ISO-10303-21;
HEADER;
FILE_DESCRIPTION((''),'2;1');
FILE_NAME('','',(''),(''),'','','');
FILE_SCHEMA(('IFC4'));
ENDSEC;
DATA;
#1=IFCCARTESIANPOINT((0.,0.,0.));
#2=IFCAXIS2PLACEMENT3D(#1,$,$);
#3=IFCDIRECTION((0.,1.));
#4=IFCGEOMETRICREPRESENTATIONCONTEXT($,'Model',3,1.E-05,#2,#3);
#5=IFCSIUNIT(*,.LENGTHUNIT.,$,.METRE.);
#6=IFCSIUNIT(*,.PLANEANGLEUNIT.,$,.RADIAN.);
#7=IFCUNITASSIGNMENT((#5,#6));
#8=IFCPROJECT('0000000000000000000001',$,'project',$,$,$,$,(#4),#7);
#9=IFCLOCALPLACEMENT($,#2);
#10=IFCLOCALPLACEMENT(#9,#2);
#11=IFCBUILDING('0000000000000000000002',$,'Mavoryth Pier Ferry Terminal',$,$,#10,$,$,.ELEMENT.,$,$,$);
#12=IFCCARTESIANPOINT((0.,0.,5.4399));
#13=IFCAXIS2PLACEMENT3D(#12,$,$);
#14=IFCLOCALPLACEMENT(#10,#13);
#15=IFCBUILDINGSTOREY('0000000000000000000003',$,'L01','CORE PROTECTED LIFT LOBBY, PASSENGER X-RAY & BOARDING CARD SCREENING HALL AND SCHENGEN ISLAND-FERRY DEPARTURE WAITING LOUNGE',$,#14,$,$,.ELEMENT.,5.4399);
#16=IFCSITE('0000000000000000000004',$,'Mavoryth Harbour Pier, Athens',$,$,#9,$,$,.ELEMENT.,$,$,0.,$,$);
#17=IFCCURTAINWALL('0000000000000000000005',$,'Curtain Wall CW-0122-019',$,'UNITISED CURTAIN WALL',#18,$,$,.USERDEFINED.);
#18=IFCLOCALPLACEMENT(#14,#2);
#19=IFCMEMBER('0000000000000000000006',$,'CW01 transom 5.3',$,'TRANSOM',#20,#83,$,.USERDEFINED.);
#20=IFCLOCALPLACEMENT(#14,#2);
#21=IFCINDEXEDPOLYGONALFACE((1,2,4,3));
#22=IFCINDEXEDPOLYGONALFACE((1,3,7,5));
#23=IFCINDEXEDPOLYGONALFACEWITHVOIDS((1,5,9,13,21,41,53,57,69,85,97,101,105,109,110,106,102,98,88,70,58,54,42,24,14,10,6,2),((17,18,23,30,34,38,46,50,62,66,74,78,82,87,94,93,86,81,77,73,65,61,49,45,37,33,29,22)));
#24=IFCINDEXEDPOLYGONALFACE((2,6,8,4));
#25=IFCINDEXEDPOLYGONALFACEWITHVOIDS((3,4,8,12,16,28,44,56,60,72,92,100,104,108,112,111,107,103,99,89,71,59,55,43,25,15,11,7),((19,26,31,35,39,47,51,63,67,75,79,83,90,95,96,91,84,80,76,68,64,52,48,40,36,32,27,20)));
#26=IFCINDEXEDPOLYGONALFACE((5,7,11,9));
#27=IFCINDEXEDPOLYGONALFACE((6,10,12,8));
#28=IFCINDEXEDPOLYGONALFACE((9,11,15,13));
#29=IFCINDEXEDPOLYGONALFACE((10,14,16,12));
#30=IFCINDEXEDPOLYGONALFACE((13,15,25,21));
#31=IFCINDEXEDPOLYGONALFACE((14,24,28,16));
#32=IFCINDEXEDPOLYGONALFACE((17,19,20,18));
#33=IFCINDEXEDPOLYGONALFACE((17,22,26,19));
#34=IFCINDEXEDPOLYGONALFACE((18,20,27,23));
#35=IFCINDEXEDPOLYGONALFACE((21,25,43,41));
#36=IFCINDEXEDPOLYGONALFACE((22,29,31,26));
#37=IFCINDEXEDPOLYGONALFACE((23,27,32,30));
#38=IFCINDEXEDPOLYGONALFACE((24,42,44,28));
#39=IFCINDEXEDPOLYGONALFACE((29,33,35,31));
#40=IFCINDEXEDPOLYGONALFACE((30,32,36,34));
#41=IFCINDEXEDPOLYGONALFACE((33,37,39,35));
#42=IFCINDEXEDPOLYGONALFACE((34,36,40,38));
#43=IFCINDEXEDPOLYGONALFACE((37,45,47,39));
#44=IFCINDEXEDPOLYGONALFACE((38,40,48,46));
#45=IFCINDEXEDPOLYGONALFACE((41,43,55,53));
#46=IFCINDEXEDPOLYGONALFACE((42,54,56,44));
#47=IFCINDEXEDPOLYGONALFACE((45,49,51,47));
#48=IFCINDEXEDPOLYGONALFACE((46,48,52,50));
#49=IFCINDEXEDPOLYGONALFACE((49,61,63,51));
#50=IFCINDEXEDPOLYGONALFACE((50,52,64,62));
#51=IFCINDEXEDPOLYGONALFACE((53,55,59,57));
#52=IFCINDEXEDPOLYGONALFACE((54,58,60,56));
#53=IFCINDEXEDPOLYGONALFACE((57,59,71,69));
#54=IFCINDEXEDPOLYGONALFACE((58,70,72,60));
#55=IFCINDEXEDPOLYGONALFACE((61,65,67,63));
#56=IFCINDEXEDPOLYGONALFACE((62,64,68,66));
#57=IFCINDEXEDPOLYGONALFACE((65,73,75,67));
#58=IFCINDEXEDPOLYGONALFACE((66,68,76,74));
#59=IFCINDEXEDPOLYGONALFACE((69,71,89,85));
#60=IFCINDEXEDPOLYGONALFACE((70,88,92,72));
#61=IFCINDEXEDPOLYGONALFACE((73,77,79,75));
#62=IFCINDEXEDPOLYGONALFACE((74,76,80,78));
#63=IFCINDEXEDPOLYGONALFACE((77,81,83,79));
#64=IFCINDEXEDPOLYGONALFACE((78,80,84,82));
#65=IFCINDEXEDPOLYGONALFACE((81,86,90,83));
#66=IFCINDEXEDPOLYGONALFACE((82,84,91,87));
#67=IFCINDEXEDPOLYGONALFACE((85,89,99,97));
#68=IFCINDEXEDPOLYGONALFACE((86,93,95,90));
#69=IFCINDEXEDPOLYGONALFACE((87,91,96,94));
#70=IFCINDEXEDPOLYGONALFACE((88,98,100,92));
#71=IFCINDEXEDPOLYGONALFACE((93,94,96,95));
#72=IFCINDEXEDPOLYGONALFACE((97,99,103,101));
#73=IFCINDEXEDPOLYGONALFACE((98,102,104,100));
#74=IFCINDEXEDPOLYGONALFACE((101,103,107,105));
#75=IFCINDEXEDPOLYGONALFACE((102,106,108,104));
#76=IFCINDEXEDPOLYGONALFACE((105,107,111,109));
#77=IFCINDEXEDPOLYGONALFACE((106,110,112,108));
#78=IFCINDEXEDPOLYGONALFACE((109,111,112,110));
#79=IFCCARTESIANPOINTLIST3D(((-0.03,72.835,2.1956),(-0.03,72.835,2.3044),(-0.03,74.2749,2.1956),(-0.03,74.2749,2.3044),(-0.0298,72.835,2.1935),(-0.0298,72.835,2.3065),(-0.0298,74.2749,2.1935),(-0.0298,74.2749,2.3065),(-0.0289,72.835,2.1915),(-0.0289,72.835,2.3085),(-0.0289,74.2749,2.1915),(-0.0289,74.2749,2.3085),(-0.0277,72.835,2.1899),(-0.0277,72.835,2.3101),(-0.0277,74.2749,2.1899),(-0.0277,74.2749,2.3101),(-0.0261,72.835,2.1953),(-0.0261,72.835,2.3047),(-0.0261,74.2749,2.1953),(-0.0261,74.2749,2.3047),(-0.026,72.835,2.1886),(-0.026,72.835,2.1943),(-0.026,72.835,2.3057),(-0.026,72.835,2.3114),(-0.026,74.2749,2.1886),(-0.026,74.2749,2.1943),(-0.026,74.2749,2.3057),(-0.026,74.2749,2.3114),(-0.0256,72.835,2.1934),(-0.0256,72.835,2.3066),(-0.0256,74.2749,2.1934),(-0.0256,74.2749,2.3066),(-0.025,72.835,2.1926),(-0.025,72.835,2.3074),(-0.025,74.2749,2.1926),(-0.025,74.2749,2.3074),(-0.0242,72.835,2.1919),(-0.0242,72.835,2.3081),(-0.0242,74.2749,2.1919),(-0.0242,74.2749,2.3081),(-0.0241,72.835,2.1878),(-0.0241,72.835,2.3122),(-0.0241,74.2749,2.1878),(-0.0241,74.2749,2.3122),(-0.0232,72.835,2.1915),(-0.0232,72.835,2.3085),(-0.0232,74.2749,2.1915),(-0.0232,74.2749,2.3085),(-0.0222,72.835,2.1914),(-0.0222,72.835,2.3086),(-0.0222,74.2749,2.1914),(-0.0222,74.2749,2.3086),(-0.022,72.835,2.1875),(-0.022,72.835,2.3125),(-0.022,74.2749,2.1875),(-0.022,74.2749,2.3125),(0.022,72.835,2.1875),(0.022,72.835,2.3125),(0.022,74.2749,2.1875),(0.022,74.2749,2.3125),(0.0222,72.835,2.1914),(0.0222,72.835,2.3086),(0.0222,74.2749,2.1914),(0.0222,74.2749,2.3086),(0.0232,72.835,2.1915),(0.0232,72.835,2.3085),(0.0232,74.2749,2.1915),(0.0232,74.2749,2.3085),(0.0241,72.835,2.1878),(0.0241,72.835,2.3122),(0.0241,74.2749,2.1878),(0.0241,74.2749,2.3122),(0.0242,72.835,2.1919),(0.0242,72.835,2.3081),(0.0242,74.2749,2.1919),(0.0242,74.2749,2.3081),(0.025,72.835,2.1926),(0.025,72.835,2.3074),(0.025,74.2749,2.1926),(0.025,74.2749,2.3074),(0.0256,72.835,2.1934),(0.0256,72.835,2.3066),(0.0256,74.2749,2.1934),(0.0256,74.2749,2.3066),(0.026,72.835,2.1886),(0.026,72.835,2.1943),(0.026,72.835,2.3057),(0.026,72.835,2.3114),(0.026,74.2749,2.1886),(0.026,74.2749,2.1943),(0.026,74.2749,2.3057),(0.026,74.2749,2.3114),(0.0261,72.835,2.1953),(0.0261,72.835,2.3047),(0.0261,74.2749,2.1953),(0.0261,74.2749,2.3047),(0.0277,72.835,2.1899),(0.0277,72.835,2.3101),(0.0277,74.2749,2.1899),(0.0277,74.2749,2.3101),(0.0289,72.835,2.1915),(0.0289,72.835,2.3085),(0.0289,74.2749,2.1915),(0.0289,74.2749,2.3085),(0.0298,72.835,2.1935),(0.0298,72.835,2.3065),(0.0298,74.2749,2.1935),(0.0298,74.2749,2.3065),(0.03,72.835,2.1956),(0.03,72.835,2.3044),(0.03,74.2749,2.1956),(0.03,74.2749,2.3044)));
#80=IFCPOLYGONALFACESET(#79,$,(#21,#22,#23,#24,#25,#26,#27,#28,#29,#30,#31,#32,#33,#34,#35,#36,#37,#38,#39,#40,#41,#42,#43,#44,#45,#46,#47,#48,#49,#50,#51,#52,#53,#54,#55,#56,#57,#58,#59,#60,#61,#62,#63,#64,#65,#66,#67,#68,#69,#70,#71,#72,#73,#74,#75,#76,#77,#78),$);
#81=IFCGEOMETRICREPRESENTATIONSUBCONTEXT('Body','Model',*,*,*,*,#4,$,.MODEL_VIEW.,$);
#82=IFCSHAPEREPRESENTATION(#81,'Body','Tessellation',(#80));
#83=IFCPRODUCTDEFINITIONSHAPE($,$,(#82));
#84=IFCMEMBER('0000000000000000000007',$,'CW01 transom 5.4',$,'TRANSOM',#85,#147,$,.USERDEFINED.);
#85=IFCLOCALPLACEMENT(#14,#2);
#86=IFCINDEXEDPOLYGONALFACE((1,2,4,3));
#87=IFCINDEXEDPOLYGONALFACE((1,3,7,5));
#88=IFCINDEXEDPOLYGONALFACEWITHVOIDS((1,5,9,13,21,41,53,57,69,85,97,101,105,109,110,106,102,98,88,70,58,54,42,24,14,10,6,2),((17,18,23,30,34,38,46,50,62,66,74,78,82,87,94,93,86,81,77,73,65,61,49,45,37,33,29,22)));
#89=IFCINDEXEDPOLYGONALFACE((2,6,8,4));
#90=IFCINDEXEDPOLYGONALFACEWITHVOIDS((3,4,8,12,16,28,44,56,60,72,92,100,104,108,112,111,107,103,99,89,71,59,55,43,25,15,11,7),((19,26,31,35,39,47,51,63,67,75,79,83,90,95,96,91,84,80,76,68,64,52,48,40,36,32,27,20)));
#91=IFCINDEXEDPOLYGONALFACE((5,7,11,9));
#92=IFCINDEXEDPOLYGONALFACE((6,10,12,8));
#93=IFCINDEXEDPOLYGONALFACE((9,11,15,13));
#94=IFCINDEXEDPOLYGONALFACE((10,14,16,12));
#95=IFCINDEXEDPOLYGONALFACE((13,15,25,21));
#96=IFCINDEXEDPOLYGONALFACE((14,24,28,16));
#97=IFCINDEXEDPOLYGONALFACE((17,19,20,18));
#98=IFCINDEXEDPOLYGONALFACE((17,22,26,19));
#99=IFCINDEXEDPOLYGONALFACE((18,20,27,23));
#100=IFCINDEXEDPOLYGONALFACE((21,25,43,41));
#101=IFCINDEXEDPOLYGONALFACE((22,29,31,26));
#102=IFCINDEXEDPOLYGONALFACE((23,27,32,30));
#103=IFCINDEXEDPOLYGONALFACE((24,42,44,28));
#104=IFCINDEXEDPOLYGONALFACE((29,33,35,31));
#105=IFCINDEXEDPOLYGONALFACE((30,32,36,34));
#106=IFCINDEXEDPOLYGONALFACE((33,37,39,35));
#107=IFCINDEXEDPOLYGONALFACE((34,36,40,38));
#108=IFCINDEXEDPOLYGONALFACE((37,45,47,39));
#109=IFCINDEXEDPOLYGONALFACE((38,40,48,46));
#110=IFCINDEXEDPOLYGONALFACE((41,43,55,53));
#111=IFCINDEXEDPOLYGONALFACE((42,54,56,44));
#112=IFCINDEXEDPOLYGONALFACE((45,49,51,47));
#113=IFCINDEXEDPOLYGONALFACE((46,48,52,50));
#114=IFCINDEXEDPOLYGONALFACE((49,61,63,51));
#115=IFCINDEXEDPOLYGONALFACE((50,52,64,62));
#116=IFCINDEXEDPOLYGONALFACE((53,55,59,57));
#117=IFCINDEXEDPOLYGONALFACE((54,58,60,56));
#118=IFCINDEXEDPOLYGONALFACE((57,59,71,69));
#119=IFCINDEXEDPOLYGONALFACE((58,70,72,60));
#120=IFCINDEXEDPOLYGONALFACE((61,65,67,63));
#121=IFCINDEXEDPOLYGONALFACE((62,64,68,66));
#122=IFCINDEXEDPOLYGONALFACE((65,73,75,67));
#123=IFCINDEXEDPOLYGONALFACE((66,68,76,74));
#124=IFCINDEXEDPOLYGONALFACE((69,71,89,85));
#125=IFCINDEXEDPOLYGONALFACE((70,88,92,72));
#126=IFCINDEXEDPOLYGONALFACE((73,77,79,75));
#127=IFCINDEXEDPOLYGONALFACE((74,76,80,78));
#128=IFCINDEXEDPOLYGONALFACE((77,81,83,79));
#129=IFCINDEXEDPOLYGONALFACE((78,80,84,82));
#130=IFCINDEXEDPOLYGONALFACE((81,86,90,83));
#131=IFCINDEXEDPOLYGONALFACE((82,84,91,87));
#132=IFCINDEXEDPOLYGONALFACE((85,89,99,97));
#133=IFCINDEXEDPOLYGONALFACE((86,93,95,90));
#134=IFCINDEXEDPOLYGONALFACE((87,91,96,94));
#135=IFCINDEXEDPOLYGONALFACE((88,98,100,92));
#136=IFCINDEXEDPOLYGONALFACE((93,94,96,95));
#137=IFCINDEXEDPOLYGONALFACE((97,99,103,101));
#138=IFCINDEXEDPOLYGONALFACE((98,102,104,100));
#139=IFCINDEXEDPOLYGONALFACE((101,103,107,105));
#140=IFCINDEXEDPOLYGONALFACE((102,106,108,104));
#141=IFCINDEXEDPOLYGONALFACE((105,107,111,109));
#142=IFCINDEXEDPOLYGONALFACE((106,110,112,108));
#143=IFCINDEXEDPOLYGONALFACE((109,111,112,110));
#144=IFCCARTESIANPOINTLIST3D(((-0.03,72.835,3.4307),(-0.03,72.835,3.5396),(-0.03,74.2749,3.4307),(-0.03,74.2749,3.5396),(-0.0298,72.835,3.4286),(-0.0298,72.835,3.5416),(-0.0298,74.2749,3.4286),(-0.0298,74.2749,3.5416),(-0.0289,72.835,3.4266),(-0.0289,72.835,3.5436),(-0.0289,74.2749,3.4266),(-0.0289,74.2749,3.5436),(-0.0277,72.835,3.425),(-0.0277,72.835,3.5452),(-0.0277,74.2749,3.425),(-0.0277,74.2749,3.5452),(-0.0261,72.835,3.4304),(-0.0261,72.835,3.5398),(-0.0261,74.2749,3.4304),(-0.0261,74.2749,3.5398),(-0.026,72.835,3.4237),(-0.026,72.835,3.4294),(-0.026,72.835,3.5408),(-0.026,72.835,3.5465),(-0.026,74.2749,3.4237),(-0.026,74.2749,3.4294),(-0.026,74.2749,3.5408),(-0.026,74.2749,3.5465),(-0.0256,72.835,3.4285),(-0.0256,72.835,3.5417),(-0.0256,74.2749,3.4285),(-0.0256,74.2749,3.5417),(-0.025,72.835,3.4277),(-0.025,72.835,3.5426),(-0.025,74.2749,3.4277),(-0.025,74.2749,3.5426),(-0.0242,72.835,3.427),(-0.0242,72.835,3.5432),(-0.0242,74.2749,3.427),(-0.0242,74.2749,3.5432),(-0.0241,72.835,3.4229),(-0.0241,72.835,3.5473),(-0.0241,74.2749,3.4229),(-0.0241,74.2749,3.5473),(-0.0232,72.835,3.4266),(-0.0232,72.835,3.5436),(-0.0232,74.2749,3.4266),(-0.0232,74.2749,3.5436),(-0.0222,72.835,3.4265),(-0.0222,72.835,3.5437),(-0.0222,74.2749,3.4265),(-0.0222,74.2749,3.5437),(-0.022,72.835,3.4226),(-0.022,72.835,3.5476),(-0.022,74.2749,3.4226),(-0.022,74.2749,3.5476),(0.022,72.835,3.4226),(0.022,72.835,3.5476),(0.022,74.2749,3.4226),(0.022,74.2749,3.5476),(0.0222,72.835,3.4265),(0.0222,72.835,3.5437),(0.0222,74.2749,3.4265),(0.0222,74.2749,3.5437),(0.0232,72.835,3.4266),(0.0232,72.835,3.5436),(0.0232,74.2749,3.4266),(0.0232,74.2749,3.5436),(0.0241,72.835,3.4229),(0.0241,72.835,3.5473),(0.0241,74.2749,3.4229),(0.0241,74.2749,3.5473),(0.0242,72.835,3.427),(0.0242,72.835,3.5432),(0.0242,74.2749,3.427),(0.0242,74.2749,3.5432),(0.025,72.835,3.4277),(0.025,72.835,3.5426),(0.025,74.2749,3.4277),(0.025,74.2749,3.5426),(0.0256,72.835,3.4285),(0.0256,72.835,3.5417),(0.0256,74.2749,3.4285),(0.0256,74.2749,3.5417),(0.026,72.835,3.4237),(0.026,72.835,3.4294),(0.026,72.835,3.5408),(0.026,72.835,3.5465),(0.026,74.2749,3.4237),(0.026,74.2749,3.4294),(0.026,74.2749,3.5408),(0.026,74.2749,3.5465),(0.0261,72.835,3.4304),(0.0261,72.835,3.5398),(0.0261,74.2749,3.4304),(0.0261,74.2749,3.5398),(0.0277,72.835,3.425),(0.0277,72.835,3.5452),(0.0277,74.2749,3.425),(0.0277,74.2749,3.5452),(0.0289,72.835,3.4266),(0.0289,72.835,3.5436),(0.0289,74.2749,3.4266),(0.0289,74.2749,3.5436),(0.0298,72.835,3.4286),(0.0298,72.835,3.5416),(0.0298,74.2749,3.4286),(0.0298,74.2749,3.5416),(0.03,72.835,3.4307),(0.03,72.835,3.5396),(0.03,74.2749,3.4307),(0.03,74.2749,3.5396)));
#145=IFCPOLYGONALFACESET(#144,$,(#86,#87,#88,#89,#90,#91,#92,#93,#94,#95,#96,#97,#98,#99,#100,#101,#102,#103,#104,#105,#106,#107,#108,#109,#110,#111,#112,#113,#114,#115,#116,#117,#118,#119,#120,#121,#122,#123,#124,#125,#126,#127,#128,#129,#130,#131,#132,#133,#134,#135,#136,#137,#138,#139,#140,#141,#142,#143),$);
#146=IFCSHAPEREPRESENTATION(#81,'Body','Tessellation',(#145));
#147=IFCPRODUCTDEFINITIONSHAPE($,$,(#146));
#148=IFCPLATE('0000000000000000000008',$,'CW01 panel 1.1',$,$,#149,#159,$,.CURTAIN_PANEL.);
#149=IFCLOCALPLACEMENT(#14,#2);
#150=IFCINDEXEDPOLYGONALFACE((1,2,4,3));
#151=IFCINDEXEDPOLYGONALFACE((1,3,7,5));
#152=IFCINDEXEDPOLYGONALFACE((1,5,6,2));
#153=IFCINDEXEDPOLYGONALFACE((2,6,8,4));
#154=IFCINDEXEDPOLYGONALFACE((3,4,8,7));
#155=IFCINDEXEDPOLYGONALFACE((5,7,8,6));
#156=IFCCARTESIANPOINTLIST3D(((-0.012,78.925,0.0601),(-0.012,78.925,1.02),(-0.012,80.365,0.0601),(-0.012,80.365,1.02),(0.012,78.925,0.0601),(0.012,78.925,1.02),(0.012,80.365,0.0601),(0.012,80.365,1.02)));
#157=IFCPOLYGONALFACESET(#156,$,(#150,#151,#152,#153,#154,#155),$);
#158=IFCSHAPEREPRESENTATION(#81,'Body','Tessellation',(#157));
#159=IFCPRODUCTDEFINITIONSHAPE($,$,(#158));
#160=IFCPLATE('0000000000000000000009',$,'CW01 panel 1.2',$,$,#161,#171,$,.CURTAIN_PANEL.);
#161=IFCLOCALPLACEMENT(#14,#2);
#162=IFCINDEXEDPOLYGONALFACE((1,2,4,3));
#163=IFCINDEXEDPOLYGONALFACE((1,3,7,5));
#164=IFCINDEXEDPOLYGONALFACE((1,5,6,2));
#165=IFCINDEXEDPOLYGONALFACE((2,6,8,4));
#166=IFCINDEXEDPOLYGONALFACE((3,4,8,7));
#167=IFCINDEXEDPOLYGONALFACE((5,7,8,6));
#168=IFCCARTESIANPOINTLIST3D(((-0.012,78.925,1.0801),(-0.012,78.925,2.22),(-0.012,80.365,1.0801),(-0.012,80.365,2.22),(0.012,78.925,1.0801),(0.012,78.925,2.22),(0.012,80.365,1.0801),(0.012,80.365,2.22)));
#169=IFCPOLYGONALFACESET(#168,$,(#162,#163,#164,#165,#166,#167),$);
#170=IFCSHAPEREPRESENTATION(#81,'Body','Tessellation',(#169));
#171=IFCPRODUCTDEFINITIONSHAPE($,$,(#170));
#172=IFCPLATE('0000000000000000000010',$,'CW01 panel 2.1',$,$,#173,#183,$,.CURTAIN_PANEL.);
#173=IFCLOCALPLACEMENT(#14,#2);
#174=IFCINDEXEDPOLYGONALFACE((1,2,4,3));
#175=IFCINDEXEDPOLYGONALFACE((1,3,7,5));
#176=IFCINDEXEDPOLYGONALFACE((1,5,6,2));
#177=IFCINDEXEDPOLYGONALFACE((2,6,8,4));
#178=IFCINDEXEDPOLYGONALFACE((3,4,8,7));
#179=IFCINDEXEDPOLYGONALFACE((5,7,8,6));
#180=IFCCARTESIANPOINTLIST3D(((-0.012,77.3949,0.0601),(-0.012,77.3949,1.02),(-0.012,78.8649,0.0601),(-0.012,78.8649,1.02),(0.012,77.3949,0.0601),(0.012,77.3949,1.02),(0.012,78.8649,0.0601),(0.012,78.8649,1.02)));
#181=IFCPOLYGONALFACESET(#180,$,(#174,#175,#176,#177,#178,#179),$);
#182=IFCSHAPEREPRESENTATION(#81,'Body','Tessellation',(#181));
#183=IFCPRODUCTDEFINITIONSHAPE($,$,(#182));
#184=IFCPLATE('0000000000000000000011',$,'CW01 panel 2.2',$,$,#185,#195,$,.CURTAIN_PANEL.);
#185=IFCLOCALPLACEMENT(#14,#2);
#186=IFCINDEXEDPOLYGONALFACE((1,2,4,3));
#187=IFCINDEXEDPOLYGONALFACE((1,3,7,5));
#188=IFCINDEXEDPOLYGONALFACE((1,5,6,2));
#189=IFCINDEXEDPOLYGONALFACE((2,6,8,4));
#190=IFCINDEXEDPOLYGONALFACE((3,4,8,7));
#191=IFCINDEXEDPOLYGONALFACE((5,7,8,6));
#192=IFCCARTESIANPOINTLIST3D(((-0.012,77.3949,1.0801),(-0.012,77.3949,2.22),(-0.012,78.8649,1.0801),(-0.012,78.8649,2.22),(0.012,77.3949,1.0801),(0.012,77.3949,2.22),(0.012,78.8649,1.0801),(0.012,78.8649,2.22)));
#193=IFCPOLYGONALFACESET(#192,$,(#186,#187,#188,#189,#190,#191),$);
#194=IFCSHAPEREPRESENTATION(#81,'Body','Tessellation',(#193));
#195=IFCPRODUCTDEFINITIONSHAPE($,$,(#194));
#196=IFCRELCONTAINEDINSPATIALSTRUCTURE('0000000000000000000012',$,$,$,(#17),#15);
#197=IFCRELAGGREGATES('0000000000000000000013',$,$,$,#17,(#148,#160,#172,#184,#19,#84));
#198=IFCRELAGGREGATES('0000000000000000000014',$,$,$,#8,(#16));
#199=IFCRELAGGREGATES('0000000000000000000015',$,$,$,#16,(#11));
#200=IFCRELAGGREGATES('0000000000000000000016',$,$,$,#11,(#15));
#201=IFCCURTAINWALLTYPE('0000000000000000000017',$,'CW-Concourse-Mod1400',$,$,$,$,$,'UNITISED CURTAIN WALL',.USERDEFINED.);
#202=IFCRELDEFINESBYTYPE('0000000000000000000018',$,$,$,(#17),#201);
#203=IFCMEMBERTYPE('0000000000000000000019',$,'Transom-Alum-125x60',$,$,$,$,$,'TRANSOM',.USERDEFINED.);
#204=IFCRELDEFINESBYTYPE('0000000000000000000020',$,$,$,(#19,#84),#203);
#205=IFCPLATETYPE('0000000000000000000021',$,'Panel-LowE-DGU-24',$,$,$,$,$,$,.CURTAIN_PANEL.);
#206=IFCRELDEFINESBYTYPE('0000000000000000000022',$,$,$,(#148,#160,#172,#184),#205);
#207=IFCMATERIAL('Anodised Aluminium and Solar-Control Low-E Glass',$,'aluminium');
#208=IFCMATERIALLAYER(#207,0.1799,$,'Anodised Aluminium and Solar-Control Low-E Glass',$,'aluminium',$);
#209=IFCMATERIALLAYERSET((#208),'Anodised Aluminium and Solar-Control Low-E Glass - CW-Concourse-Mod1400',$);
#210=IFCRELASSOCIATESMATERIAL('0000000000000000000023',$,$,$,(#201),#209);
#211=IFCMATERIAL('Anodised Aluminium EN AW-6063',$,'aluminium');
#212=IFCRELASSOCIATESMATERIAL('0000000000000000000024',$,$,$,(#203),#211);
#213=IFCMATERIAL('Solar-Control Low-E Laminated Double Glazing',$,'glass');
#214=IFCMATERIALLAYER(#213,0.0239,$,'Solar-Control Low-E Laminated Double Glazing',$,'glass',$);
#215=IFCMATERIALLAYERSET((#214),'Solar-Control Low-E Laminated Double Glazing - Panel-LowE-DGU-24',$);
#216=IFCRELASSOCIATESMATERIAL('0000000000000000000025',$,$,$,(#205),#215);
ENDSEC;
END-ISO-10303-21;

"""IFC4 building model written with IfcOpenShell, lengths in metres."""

from ifc_helpers import new_model, si_unit, direction, frame, origin, origin_2d, place, context, subcontext, project, spatial, rectangle, hollow_rectangle, extrude, material, layer, layer_set, material_profile, profile_set, type_object, element, aggregate, save


model = new_model("IFC4")

# Units and contexts
model_context = context("Model", 3, precision=1e-05, world=origin(), true_north=direction((0.0, 1.0)))
body_context = subcontext(model_context, "Body", "Model", "MODEL_VIEW")
ifc_project = project(units=[si_unit("LENGTHUNIT", "METRE"), si_unit("PLANEANGLEUNIT", "RADIAN")], contexts=[model_context])

# Site, building, storey
site_placement = place(None, origin())
site = spatial("IfcSite", under=ifc_project, at=site_placement, Name="Mavoryth Harbour Pier, Athens", CompositionType="ELEMENT", RefElevation=0.0)
building_placement = place(site_placement, origin())
building = spatial("IfcBuilding", under=site, at=building_placement, Name="Mavoryth Pier Ferry Terminal", CompositionType="ELEMENT")
storey_placement = place(building_placement, frame((0.0, 0.0, 5.4399)))
storey = spatial("IfcBuildingStorey", under=building, at=storey_placement, Name="L01", Description="CORE PROTECTED LIFT LOBBY, PASSENGER X-RAY & BOARDING CARD SCREENING HALL AND SCHENGEN ISLAND-FERRY DEPARTURE WAITING LOUNGE", CompositionType="ELEMENT", Elevation=5.4399)

# Curtain wall, members, plates
ifc_material_1 = material(Name="Anodised Aluminium and Solar-Control Low-E Glass", Category="aluminium")
ifc_layer_1 = layer(ifc_material_1, 0.1799, Name="Anodised Aluminium and Solar-Control Low-E Glass", Category="aluminium")
ifc_layer_set_1 = layer_set([ifc_layer_1], Name="Anodised Aluminium and Solar-Control Low-E Glass - CW-Concourse-Mod1400")
curtain_wall_type = type_object("IfcCurtainWallType", Name="CW-Concourse-Mod1400", ElementType="UNITISED CURTAIN WALL", PredefinedType="USERDEFINED", material=ifc_layer_set_1)
curtain_wall_placement = place(storey_placement, origin())
curtain_wall = element("IfcCurtainWall", 1, at=curtain_wall_placement, inside=storey, type_object=curtain_wall_type, Name="Curtain Wall CW-0122-019", ObjectType="UNITISED CURTAIN WALL", PredefinedType="USERDEFINED")
ifc_material_2 = material(Name="Anodised Aluminium EN AW-6063", Category="aluminium")
ifc_material_profile_1 = material_profile(ifc_material_2, hollow_rectangle(XDim=0.0601, YDim=0.125, WallThickness=0.0039, InnerFilletRadius=0.0039, OuterFilletRadius=0.0081, at=origin_2d()), Name="AL-TRAN 125x60x4", Category="aluminium")
ifc_profile_set_1 = profile_set([ifc_material_profile_1], Name="Anodised Aluminium EN AW-6063 - AL-TRAN 125x60x4")
member_type_1 = type_object("IfcMemberType", Name="Transom-Alum-125x60", ElementType="TRANSOM", PredefinedType="USERDEFINED", material=ifc_profile_set_1)
member_1_placement = place(storey_placement, frame((0.0, 74.2749, 2.25), z_axis=(0.0, -1.0, 0.0), x_axis=(1.0, 0.0, 0.0)))
member_1 = element("IfcMember", 2, at=member_1_placement, type_object=member_type_1, Name="CW01 transom 5.3", ObjectType="TRANSOM", PredefinedType="USERDEFINED", context=body_context, shape_type="SweptSolid", body=[
    extrude(hollow_rectangle(XDim=0.0601, YDim=0.125, WallThickness=0.0039, InnerFilletRadius=0.0039, OuterFilletRadius=0.0081, at=origin_2d()), origin(), (0.0, 0.0, 1.0), 1.4399),
])
member_2_placement = place(storey_placement, frame((0.0, 74.2749, 3.4851), z_axis=(0.0, -1.0, 0.0), x_axis=(1.0, 0.0, 0.0)))
member_2 = element("IfcMember", 3, at=member_2_placement, type_object=member_type_1, Name="CW01 transom 5.4", ObjectType="TRANSOM", PredefinedType="USERDEFINED", context=body_context, shape_type="SweptSolid", body=[
    extrude(hollow_rectangle(XDim=0.0601, YDim=0.125, WallThickness=0.0039, InnerFilletRadius=0.0039, OuterFilletRadius=0.0081, at=origin_2d()), origin(), (0.0, 0.0, 1.0), 1.4399),
])
ifc_material_3 = material(Name="Solar-Control Low-E Laminated Double Glazing", Category="glass")
ifc_layer_2 = layer(ifc_material_3, 0.0239, Name="Solar-Control Low-E Laminated Double Glazing", Category="glass")
ifc_layer_set_2 = layer_set([ifc_layer_2], Name="Solar-Control Low-E Laminated Double Glazing - Panel-LowE-DGU-24")
plate_type = type_object("IfcPlateType", Name="Panel-LowE-DGU-24", PredefinedType="CURTAIN_PANEL", material=ifc_layer_set_2)
plate_1_placement = place(storey_placement, frame((0.0, 79.645, 0.0601), z_axis=(0.0, 0.0, 1.0), x_axis=(0.0, -1.0, 0.0)))
plate_1 = element("IfcPlate", 4, at=plate_1_placement, type_object=plate_type, Name="CW01 panel 1.1", PredefinedType="CURTAIN_PANEL", context=body_context, shape_type="SweptSolid", body=[
    extrude(rectangle(XDim=1.4399, YDim=0.0239, at=origin_2d()), origin(), (0.0, 0.0, 1.0), 0.96),
])
plate_2_placement = place(storey_placement, frame((0.0, 79.645, 1.0801), z_axis=(0.0, 0.0, 1.0), x_axis=(0.0, -1.0, 0.0)))
plate_2 = element("IfcPlate", 5, at=plate_2_placement, type_object=plate_type, Name="CW01 panel 1.2", PredefinedType="CURTAIN_PANEL", context=body_context, shape_type="SweptSolid", body=[
    extrude(rectangle(XDim=1.4399, YDim=0.0239, at=origin_2d()), origin(), (0.0, 0.0, 1.0), 1.1399),
])
plate_3_placement = place(storey_placement, frame((0.0, 78.1299, 0.0601), z_axis=(0.0, 0.0, 1.0), x_axis=(0.0, -1.0, 0.0)))
plate_3 = element("IfcPlate", 6, at=plate_3_placement, type_object=plate_type, Name="CW01 panel 2.1", PredefinedType="CURTAIN_PANEL", context=body_context, shape_type="SweptSolid", body=[
    extrude(rectangle(XDim=1.47, YDim=0.0239, at=origin_2d()), origin(), (0.0, 0.0, 1.0), 0.96),
])
plate_4_placement = place(storey_placement, frame((0.0, 78.1299, 1.0801), z_axis=(0.0, 0.0, 1.0), x_axis=(0.0, -1.0, 0.0)))
plate_4 = element("IfcPlate", 7, at=plate_4_placement, type_object=plate_type, Name="CW01 panel 2.2", PredefinedType="CURTAIN_PANEL", context=body_context, shape_type="SweptSolid", body=[
    extrude(rectangle(XDim=1.47, YDim=0.0239, at=origin_2d()), origin(), (0.0, 0.0, 1.0), 1.1399),
])
aggregate(curtain_wall, [plate_1, plate_2, plate_3, plate_4, member_1, member_2])

save(model, "model.ifc")
